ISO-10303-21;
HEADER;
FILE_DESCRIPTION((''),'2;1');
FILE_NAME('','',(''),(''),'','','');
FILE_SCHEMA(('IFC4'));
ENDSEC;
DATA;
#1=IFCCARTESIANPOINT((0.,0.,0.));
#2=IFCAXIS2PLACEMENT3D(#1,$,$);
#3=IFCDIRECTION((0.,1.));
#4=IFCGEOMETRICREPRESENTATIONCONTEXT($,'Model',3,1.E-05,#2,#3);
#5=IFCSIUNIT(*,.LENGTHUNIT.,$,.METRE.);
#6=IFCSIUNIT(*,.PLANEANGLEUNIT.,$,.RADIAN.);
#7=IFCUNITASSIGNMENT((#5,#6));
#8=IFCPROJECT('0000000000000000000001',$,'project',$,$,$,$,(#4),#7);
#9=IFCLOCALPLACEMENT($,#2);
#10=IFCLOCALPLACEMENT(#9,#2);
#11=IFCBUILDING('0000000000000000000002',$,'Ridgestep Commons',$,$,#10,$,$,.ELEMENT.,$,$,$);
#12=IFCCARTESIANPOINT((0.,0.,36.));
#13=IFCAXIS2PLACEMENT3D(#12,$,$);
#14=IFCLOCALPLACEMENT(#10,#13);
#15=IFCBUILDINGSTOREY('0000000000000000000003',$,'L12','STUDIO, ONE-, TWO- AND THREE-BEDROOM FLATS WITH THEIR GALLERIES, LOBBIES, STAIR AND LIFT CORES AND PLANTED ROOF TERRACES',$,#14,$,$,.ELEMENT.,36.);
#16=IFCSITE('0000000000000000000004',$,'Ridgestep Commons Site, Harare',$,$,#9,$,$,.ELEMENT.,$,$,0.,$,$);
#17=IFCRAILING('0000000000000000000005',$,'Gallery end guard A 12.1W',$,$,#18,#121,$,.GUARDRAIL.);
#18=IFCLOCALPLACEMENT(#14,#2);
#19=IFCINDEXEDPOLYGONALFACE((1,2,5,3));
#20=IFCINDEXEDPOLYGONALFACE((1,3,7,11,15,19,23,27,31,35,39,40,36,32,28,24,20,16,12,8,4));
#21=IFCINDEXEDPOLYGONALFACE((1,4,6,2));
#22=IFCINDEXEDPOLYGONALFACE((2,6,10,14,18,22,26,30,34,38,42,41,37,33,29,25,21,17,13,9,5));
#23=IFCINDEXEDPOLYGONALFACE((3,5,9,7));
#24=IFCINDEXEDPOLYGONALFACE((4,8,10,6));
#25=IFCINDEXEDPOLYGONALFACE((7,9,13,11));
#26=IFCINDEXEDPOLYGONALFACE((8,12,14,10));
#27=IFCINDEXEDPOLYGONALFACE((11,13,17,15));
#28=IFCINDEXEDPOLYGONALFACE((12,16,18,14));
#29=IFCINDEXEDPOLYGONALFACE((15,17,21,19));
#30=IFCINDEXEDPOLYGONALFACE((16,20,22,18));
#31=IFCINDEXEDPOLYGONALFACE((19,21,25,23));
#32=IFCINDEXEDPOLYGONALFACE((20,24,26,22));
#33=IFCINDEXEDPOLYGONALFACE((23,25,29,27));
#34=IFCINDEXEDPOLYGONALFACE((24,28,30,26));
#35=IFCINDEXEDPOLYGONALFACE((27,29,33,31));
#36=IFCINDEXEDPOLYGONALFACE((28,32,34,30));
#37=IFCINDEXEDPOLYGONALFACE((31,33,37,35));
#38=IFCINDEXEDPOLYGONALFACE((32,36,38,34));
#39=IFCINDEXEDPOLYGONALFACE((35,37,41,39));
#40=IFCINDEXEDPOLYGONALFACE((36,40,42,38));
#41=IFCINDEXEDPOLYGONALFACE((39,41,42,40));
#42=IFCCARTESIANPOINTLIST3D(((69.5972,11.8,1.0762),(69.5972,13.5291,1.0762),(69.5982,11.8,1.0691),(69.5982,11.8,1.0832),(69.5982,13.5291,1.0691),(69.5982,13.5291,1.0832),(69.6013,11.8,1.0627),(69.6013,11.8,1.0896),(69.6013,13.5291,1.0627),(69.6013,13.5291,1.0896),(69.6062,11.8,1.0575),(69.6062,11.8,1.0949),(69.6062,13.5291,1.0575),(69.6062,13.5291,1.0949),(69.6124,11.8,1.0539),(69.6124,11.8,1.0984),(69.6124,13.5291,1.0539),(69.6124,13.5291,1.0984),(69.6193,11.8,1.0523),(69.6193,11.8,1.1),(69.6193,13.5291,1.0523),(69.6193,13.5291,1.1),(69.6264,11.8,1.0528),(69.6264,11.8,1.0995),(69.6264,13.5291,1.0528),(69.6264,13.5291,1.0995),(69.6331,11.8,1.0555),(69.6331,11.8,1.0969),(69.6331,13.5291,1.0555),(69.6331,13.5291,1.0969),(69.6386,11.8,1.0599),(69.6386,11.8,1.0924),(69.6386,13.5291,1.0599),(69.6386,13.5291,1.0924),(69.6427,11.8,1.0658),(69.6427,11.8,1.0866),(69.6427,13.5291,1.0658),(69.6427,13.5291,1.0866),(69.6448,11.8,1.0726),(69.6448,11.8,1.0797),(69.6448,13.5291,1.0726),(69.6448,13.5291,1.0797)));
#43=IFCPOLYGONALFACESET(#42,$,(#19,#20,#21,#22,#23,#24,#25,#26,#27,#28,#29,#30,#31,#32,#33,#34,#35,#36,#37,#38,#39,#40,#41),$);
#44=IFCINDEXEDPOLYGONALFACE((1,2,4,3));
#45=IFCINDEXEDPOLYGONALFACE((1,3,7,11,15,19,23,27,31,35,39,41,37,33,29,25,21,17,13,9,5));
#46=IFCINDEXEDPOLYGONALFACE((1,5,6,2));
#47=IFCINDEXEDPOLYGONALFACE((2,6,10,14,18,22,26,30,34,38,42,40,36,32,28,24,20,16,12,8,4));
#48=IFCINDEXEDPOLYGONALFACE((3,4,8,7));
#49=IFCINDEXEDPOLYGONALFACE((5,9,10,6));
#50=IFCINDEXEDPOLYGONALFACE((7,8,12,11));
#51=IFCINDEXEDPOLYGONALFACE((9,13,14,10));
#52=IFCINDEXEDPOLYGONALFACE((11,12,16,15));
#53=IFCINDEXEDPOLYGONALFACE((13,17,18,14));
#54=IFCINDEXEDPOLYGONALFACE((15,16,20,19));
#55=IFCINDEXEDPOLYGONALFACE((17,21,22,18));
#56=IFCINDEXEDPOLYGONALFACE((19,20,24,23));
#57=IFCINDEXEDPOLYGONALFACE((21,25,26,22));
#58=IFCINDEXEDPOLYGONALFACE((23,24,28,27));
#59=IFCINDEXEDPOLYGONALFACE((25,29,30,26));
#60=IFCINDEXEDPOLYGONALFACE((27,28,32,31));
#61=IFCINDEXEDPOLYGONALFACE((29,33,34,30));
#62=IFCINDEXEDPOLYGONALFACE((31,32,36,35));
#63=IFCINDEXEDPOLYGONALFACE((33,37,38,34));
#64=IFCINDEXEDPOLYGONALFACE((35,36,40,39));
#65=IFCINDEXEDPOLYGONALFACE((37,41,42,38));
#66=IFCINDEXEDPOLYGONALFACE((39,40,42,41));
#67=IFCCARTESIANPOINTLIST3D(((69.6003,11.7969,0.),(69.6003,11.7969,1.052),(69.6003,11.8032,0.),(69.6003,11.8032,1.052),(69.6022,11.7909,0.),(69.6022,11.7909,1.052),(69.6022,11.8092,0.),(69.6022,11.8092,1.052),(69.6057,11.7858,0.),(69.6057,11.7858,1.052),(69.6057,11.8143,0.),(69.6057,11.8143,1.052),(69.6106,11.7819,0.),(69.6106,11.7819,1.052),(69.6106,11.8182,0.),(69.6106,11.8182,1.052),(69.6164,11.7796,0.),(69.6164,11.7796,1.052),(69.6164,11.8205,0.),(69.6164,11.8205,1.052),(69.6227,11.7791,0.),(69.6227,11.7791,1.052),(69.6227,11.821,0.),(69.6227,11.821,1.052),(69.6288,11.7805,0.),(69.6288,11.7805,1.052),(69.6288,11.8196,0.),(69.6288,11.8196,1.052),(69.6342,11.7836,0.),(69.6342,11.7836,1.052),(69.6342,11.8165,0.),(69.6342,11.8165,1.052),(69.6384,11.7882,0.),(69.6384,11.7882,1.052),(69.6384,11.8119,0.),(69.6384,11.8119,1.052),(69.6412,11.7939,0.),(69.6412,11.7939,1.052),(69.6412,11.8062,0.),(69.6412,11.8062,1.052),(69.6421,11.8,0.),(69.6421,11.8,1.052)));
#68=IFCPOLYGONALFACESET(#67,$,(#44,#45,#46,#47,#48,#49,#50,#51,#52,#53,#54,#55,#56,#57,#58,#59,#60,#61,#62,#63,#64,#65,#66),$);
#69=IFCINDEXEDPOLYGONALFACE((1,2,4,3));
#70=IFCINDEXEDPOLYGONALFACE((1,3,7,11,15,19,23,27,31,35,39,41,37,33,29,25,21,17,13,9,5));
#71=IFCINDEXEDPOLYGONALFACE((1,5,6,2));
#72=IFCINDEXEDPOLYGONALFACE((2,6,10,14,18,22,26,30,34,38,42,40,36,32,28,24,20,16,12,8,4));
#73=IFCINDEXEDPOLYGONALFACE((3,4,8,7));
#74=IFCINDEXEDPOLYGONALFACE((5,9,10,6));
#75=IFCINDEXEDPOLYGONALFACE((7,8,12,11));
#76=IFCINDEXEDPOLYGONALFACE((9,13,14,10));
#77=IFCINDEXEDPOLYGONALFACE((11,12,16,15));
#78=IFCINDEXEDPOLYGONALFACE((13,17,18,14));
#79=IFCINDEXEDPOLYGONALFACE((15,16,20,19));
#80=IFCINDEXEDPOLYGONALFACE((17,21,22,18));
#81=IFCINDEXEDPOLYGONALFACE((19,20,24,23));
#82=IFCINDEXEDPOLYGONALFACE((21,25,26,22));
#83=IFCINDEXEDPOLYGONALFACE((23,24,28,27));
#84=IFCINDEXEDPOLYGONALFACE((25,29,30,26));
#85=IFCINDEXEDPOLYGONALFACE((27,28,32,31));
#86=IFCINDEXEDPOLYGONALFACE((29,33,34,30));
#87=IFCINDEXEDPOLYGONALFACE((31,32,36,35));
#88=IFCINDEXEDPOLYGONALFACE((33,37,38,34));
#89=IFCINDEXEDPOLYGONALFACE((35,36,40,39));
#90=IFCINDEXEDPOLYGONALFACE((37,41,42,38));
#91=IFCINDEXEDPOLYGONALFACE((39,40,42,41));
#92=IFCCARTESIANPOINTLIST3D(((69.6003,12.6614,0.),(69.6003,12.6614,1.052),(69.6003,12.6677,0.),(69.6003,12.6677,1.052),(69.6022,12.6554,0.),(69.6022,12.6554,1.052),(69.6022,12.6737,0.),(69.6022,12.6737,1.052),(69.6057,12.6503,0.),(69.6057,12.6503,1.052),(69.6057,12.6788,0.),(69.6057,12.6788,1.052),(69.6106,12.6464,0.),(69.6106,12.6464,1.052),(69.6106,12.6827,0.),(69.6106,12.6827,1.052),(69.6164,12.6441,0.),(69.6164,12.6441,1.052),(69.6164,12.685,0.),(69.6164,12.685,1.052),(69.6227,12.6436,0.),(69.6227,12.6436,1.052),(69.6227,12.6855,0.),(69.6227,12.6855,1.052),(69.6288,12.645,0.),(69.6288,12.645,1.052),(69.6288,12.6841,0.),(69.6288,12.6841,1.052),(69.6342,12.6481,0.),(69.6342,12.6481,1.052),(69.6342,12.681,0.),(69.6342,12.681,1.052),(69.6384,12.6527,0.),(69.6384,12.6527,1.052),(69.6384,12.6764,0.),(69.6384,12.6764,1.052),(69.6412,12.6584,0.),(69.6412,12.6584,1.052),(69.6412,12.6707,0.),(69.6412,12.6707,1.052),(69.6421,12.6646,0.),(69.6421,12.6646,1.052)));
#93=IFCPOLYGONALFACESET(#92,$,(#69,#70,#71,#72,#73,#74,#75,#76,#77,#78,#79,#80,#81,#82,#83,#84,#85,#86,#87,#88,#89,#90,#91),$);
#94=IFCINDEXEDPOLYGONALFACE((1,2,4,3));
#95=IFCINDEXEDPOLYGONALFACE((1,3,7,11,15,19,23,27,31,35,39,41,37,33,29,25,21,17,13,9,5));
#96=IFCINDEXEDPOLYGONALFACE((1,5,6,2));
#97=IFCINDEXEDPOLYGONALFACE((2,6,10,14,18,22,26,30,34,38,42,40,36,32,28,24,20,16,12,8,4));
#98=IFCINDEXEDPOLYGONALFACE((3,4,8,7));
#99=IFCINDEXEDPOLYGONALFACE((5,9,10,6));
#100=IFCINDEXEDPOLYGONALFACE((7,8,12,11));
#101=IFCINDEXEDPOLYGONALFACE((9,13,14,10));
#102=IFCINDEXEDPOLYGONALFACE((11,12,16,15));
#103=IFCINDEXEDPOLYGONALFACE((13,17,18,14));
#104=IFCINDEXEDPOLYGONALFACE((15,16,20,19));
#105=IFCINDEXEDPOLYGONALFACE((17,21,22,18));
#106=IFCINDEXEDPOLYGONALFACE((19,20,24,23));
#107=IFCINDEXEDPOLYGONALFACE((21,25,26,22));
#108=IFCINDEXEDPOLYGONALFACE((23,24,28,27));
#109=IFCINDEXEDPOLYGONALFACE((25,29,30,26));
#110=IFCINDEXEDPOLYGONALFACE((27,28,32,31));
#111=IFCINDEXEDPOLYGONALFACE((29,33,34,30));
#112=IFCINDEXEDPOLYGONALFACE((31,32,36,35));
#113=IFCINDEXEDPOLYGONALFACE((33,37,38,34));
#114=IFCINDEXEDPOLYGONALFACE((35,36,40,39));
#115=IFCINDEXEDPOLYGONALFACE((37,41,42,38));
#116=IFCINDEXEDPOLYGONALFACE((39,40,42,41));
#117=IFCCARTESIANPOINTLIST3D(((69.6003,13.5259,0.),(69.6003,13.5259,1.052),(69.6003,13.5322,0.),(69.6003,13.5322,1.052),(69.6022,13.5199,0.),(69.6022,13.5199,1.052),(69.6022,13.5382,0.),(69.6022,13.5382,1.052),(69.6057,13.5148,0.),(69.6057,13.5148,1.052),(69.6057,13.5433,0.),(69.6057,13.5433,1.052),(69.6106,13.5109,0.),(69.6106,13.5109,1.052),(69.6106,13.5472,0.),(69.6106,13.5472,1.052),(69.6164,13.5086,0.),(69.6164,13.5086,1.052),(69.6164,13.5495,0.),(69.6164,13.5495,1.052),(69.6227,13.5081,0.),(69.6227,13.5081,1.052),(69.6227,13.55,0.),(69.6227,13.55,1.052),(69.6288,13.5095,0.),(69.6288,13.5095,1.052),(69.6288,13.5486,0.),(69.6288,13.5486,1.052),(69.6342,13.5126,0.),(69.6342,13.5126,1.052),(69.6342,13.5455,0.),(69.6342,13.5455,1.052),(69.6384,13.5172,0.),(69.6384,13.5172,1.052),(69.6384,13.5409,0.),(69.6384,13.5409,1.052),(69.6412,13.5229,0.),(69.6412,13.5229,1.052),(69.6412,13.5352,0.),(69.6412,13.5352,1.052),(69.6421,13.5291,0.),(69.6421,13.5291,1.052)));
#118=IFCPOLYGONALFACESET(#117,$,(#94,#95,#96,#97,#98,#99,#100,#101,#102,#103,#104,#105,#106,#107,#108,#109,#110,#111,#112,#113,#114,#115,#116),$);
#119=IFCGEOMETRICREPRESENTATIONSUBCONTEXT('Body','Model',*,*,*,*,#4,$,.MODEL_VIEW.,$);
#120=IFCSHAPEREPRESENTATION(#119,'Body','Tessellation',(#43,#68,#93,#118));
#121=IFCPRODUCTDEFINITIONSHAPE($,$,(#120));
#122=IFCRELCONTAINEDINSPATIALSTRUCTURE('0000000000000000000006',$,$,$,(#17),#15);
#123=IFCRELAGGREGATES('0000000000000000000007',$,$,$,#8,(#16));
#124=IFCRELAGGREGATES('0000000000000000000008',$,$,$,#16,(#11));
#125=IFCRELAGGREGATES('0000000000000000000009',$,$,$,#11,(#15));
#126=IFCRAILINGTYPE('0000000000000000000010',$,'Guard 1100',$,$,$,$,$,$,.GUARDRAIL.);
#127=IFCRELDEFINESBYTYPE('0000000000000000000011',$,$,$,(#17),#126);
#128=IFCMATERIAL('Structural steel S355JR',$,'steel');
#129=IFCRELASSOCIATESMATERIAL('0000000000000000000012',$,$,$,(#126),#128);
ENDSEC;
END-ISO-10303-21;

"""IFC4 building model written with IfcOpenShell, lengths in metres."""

from ifc_helpers import new_model, si_unit, direction, frame, origin, origin_2d, place, context, subcontext, project, spatial, circle, extrude, material, type_object, element, save


model = new_model("IFC4")

# Units and contexts
model_context = context("Model", 3, precision=1e-05, world=origin(), true_north=direction((0.0, 1.0)))
body_context = subcontext(model_context, "Body", "Model", "MODEL_VIEW")
ifc_project = project(units=[si_unit("LENGTHUNIT", "METRE"), si_unit("PLANEANGLEUNIT", "RADIAN")], contexts=[model_context])

# Site, building, storey
site_placement = place(None, origin())
site = spatial("IfcSite", under=ifc_project, at=site_placement, Name="Ridgestep Commons Site, Harare", CompositionType="ELEMENT", RefElevation=0.0)
building_placement = place(site_placement, origin())
building = spatial("IfcBuilding", under=site, at=building_placement, Name="Ridgestep Commons", CompositionType="ELEMENT")
storey_placement = place(building_placement, frame((0.0, 0.0, 36.0)))
storey = spatial("IfcBuildingStorey", under=building, at=storey_placement, Name="L12", Description="STUDIO, ONE-, TWO- AND THREE-BEDROOM FLATS WITH THEIR GALLERIES, LOBBIES, STAIR AND LIFT CORES AND PLANTED ROOF TERRACES", CompositionType="ELEMENT", Elevation=36.0)

# Railing
ifc_material_1 = material(Name="Structural steel S355JR", Category="steel")
railing_type = type_object("IfcRailingType", Name="Guard 1100", PredefinedType="GUARDRAIL", material=ifc_material_1)
railing_1_placement = place(storey_placement, frame((69.6211, 11.8, 0.0)))
element("IfcRailing", 1, at=railing_1_placement, inside=storey, type_object=railing_type, Name="Gallery end guard A 12.1W", PredefinedType="GUARDRAIL", context=body_context, shape_type="SweptSolid", body=[
    extrude(circle(Radius=0.0239, at=origin_2d()), frame((0.0, 0.0, 1.0762), z_axis=(0.0, 1.0, 0.0), x_axis=(-1.0, 0.0, 0.0)), (0.0, 0.0, 1.0), 1.729),
    extrude(circle(Radius=0.021, at=origin_2d()), origin(), (0.0, 0.0, 1.0), 1.052),
    extrude(circle(Radius=0.021, at=origin_2d()), frame((0.0, 0.8645, 0.0)), (0.0, 0.0, 1.0), 1.052),
    extrude(circle(Radius=0.021, at=origin_2d()), frame((0.0, 1.729, 0.0)), (0.0, 0.0, 1.0), 1.052),
])

save(model, "model.ifc")
